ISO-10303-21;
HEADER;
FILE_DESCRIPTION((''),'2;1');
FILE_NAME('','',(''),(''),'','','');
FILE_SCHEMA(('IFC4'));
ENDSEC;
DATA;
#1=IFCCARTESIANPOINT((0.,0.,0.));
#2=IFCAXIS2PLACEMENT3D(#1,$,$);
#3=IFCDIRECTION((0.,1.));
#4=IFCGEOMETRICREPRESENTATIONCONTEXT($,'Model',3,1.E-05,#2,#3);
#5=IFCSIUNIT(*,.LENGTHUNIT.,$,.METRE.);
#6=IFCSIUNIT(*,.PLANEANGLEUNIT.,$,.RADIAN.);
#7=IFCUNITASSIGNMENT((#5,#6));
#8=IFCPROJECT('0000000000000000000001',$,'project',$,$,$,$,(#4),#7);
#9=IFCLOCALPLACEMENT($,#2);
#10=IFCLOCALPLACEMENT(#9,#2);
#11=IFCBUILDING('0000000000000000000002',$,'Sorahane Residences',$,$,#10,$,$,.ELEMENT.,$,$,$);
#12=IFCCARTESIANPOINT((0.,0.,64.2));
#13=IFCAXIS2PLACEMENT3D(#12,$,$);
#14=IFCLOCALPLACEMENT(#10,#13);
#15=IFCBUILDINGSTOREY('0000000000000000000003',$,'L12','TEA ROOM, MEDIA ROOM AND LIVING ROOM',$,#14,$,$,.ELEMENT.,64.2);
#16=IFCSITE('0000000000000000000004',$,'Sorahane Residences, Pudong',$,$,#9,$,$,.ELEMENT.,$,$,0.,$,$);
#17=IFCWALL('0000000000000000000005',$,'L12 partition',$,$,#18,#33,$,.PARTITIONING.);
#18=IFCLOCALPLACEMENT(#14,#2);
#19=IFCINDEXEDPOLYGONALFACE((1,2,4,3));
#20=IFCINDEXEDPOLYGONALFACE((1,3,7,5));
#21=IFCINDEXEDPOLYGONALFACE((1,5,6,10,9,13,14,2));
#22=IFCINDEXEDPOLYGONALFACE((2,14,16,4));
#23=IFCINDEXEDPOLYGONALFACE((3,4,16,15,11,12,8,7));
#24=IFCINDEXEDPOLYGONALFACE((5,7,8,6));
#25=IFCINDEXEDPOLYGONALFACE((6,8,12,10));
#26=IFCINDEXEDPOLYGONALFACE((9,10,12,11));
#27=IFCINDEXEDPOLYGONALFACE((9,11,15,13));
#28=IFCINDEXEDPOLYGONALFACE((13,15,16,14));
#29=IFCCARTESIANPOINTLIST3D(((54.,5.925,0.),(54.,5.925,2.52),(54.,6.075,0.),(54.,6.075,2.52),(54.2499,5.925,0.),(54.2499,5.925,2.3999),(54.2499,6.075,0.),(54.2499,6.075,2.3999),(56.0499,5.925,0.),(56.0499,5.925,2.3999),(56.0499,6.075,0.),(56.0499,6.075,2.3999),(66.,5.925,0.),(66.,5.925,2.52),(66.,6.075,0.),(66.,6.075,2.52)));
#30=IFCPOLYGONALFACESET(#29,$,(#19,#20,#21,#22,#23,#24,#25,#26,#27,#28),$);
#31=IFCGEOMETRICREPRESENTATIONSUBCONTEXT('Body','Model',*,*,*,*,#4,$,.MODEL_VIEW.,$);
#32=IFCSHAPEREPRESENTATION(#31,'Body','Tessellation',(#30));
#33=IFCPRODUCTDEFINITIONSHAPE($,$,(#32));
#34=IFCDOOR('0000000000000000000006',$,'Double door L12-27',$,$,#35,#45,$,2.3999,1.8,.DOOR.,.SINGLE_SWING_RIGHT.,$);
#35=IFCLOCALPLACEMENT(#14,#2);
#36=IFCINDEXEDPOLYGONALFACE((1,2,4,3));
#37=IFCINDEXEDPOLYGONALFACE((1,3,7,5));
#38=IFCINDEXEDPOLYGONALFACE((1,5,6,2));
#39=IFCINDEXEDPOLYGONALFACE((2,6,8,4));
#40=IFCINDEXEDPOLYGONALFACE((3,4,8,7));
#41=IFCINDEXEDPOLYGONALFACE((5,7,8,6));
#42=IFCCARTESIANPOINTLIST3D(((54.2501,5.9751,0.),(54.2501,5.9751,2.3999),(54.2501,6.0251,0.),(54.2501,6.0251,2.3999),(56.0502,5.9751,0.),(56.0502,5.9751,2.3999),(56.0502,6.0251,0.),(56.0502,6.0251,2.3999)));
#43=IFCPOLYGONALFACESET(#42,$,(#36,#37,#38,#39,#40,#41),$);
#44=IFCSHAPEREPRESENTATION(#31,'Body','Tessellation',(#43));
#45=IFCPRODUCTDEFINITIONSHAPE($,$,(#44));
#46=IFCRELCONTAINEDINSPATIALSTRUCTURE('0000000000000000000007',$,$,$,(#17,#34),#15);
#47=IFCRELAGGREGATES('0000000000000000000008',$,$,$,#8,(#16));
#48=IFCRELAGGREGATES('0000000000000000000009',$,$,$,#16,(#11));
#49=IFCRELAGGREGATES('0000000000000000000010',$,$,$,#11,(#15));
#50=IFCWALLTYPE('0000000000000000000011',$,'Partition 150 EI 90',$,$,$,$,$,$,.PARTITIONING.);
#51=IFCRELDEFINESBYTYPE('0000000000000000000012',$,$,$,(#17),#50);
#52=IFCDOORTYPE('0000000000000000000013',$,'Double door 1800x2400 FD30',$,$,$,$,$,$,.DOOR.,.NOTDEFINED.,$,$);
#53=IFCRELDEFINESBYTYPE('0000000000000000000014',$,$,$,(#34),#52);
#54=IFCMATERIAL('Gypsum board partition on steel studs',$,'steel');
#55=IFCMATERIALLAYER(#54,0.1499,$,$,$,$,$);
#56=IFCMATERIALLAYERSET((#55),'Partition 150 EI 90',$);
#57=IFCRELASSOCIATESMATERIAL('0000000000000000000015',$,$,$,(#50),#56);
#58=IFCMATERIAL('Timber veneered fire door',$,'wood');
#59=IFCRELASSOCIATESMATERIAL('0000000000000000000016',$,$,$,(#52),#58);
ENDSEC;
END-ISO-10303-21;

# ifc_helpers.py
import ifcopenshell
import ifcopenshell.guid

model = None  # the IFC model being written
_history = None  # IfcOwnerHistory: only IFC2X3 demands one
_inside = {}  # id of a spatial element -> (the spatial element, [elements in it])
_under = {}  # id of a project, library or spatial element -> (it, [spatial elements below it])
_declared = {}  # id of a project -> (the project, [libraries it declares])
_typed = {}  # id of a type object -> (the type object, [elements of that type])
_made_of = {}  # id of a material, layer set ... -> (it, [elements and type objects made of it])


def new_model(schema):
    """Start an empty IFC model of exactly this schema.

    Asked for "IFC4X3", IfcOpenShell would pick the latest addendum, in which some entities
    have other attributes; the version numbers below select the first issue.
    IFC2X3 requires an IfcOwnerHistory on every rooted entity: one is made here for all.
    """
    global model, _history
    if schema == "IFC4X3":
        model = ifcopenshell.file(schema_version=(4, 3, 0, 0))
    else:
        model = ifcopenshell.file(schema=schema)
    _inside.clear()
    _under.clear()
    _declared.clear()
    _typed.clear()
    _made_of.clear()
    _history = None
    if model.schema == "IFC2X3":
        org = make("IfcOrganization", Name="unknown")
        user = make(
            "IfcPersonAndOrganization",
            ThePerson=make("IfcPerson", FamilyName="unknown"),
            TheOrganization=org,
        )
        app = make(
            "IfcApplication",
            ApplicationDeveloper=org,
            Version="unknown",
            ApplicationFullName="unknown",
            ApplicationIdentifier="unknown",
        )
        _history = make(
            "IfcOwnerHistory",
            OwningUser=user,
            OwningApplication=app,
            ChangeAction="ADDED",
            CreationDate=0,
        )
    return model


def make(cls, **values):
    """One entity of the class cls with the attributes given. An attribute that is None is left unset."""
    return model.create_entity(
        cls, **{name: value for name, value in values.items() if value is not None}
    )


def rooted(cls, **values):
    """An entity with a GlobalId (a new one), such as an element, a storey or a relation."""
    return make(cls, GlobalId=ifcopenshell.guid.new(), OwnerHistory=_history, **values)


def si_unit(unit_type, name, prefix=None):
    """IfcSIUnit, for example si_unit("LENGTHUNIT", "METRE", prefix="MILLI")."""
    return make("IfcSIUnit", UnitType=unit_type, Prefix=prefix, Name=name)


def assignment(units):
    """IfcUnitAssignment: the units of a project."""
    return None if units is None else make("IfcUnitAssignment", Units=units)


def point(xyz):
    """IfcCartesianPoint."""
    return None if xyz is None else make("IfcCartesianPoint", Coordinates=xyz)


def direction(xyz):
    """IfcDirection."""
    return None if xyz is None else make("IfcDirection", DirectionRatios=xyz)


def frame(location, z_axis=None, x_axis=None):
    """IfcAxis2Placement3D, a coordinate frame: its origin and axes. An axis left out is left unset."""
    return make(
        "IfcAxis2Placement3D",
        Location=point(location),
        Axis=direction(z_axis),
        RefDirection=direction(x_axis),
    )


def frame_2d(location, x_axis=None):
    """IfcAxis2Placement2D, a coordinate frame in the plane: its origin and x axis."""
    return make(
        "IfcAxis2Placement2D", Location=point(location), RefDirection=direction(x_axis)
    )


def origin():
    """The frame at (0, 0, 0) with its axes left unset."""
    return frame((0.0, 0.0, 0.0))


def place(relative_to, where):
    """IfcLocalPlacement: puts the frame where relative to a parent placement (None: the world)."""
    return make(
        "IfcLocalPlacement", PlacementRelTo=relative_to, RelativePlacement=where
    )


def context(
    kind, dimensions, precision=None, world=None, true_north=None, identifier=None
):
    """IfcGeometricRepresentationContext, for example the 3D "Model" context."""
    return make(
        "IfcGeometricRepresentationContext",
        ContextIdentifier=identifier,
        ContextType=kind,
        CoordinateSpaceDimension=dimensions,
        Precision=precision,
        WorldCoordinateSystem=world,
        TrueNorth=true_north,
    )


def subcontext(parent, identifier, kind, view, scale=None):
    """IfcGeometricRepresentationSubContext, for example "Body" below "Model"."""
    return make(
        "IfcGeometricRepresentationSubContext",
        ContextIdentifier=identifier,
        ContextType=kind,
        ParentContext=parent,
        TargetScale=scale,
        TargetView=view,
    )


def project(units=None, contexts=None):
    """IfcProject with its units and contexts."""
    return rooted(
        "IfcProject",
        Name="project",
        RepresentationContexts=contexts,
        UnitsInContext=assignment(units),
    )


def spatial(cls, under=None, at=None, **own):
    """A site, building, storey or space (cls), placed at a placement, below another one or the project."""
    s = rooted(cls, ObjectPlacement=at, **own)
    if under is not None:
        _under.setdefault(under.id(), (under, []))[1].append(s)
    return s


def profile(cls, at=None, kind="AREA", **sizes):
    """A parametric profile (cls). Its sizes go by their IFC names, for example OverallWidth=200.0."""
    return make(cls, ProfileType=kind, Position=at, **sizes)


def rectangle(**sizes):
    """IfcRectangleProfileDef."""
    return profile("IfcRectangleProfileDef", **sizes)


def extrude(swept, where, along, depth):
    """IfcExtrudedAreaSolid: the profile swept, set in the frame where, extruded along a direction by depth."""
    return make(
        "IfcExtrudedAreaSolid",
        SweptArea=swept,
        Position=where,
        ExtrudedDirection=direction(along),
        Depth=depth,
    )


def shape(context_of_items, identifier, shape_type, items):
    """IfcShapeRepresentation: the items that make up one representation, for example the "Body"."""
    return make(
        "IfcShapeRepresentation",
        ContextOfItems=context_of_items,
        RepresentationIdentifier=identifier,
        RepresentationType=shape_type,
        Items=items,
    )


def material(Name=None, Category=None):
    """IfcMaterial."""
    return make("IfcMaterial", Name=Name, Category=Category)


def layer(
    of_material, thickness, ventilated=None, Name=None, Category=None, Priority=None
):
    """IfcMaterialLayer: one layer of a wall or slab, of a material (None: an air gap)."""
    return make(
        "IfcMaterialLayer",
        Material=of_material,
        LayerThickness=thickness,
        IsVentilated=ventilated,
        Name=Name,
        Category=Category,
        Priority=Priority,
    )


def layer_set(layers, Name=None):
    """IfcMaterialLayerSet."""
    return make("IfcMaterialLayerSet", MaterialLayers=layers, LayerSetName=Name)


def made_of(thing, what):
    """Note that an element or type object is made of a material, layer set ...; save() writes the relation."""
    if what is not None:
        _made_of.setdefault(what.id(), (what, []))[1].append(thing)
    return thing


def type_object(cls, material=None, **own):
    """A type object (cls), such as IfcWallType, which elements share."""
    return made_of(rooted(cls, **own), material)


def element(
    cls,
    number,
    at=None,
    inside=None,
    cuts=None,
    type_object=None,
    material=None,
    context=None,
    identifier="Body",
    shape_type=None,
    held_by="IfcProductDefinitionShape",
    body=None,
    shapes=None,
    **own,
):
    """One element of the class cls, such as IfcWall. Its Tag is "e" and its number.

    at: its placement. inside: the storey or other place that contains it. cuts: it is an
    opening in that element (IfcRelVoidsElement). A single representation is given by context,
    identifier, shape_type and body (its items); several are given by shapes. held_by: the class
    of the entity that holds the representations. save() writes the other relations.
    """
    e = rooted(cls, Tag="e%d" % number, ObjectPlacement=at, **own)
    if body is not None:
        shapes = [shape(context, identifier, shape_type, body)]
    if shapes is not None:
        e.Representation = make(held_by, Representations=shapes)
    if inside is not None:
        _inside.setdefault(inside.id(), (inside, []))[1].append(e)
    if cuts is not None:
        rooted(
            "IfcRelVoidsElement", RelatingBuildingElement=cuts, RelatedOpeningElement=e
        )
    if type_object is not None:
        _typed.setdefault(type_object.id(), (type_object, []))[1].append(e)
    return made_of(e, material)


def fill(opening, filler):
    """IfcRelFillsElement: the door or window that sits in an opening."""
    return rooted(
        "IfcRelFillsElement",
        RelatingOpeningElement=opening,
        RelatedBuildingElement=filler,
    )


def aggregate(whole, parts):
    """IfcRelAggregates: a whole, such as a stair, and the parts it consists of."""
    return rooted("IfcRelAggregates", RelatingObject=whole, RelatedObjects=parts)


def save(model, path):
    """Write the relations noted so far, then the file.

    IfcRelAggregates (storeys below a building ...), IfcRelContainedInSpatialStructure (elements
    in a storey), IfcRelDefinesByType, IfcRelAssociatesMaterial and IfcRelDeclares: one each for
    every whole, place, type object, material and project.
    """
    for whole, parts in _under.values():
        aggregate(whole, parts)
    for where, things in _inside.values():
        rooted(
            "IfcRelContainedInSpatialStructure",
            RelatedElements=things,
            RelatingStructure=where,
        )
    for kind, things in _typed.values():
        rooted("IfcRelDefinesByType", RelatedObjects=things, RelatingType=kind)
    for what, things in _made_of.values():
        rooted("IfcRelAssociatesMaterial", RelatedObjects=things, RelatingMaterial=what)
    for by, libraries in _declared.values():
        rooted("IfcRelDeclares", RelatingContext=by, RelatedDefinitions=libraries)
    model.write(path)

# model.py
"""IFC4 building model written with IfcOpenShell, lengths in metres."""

from ifc_helpers import new_model, si_unit, direction, frame, frame_2d, origin, place, context, subcontext, project, spatial, rectangle, extrude, material, layer, layer_set, type_object, element, fill, save


model = new_model("IFC4")

# Units and contexts
model_context = context("Model", 3, precision=1e-05, world=origin(), true_north=direction((0.0, 1.0)))
body_context = subcontext(model_context, "Body", "Model", "MODEL_VIEW")
ifc_project = project(units=[si_unit("LENGTHUNIT", "METRE"), si_unit("PLANEANGLEUNIT", "RADIAN")], contexts=[model_context])

# Site, building, storey
site_placement = place(None, origin())
site = spatial("IfcSite", under=ifc_project, at=site_placement, Name="Sorahane Residences, Pudong", CompositionType="ELEMENT", RefElevation=0.0)
building_placement = place(site_placement, origin())
building = spatial("IfcBuilding", under=site, at=building_placement, Name="Sorahane Residences", CompositionType="ELEMENT")
storey_placement = place(building_placement, frame((0.0, 0.0, 64.2)))
storey = spatial("IfcBuildingStorey", under=building, at=storey_placement, Name="L12", Description="TEA ROOM, MEDIA ROOM AND LIVING ROOM", CompositionType="ELEMENT", Elevation=64.2)

# Shared definitions
ifc_material_1 = material(Name="Gypsum board partition on steel studs", Category="steel")
ifc_layer_1 = layer(ifc_material_1, 0.1499)
ifc_layer_set_1 = layer_set([ifc_layer_1], Name="Partition 150 EI 90")
wall_type = type_object("IfcWallType", Name="Partition 150 EI 90", PredefinedType="PARTITIONING", material=ifc_layer_set_1)

# Wall, opening, door
wall_1_placement = place(storey_placement, frame((54.0, 6.0, 0.0), z_axis=(0.0, 0.0, 1.0), x_axis=(1.0, 0.0, 0.0)))
wall_1 = element("IfcWall", 1, at=wall_1_placement, inside=storey, type_object=wall_type, Name="L12 partition", PredefinedType="PARTITIONING", context=body_context, shape_type="SweptSolid", body=[
    extrude(rectangle(XDim=12.0, YDim=0.1499, at=frame_2d((6.0, 0.0))), origin(), (0.0, 0.0, 1.0), 2.52),
])
opening_1_placement = place(wall_1_placement, frame((0.25, 0.0, 0.0)))
opening_1 = element("IfcOpeningElement", 2, at=opening_1_placement, cuts=wall_1, PredefinedType="OPENING", context=body_context, shape_type="SweptSolid", body=[
    extrude(rectangle(XDim=1.8, YDim=2.3999, at=frame_2d((0.8999, 1.2))), frame((0.0, 0.085, 0.0), z_axis=(0.0, -1.0, 0.0), x_axis=(1.0, 0.0, 0.0)), (0.0, 0.0, 1.0), 0.1699),
])
ifc_material_2 = material(Name="Timber veneered fire door", Category="wood")
door_type_1 = type_object("IfcDoorType", Name="Double door 1800x2400 FD30", OperationType="NOTDEFINED", PredefinedType="DOOR", material=ifc_material_2)
door_1_placement = place(opening_1_placement, frame((1.8, 0.0, 0.0), z_axis=(0.0, 0.0, 1.0), x_axis=(-1.0, 0.0, 0.0)))
door_1 = element("IfcDoor", 3, at=door_1_placement, inside=storey, type_object=door_type_1, Name="Double door L12-27", OperationType="SINGLE_SWING_RIGHT", OverallHeight=2.3999, OverallWidth=1.8, PredefinedType="DOOR", context=body_context, shape_type="SweptSolid", body=[
    extrude(rectangle(XDim=1.8, YDim=2.3999, at=frame_2d((0.8999, 1.2))), frame((0.0, 0.0249, 0.0), z_axis=(0.0, -1.0, 0.0), x_axis=(1.0, 0.0, 0.0)), (0.0, 0.0, 1.0), 0.05),
])
fill(opening_1, door_1)

save(model, "model.ifc")
